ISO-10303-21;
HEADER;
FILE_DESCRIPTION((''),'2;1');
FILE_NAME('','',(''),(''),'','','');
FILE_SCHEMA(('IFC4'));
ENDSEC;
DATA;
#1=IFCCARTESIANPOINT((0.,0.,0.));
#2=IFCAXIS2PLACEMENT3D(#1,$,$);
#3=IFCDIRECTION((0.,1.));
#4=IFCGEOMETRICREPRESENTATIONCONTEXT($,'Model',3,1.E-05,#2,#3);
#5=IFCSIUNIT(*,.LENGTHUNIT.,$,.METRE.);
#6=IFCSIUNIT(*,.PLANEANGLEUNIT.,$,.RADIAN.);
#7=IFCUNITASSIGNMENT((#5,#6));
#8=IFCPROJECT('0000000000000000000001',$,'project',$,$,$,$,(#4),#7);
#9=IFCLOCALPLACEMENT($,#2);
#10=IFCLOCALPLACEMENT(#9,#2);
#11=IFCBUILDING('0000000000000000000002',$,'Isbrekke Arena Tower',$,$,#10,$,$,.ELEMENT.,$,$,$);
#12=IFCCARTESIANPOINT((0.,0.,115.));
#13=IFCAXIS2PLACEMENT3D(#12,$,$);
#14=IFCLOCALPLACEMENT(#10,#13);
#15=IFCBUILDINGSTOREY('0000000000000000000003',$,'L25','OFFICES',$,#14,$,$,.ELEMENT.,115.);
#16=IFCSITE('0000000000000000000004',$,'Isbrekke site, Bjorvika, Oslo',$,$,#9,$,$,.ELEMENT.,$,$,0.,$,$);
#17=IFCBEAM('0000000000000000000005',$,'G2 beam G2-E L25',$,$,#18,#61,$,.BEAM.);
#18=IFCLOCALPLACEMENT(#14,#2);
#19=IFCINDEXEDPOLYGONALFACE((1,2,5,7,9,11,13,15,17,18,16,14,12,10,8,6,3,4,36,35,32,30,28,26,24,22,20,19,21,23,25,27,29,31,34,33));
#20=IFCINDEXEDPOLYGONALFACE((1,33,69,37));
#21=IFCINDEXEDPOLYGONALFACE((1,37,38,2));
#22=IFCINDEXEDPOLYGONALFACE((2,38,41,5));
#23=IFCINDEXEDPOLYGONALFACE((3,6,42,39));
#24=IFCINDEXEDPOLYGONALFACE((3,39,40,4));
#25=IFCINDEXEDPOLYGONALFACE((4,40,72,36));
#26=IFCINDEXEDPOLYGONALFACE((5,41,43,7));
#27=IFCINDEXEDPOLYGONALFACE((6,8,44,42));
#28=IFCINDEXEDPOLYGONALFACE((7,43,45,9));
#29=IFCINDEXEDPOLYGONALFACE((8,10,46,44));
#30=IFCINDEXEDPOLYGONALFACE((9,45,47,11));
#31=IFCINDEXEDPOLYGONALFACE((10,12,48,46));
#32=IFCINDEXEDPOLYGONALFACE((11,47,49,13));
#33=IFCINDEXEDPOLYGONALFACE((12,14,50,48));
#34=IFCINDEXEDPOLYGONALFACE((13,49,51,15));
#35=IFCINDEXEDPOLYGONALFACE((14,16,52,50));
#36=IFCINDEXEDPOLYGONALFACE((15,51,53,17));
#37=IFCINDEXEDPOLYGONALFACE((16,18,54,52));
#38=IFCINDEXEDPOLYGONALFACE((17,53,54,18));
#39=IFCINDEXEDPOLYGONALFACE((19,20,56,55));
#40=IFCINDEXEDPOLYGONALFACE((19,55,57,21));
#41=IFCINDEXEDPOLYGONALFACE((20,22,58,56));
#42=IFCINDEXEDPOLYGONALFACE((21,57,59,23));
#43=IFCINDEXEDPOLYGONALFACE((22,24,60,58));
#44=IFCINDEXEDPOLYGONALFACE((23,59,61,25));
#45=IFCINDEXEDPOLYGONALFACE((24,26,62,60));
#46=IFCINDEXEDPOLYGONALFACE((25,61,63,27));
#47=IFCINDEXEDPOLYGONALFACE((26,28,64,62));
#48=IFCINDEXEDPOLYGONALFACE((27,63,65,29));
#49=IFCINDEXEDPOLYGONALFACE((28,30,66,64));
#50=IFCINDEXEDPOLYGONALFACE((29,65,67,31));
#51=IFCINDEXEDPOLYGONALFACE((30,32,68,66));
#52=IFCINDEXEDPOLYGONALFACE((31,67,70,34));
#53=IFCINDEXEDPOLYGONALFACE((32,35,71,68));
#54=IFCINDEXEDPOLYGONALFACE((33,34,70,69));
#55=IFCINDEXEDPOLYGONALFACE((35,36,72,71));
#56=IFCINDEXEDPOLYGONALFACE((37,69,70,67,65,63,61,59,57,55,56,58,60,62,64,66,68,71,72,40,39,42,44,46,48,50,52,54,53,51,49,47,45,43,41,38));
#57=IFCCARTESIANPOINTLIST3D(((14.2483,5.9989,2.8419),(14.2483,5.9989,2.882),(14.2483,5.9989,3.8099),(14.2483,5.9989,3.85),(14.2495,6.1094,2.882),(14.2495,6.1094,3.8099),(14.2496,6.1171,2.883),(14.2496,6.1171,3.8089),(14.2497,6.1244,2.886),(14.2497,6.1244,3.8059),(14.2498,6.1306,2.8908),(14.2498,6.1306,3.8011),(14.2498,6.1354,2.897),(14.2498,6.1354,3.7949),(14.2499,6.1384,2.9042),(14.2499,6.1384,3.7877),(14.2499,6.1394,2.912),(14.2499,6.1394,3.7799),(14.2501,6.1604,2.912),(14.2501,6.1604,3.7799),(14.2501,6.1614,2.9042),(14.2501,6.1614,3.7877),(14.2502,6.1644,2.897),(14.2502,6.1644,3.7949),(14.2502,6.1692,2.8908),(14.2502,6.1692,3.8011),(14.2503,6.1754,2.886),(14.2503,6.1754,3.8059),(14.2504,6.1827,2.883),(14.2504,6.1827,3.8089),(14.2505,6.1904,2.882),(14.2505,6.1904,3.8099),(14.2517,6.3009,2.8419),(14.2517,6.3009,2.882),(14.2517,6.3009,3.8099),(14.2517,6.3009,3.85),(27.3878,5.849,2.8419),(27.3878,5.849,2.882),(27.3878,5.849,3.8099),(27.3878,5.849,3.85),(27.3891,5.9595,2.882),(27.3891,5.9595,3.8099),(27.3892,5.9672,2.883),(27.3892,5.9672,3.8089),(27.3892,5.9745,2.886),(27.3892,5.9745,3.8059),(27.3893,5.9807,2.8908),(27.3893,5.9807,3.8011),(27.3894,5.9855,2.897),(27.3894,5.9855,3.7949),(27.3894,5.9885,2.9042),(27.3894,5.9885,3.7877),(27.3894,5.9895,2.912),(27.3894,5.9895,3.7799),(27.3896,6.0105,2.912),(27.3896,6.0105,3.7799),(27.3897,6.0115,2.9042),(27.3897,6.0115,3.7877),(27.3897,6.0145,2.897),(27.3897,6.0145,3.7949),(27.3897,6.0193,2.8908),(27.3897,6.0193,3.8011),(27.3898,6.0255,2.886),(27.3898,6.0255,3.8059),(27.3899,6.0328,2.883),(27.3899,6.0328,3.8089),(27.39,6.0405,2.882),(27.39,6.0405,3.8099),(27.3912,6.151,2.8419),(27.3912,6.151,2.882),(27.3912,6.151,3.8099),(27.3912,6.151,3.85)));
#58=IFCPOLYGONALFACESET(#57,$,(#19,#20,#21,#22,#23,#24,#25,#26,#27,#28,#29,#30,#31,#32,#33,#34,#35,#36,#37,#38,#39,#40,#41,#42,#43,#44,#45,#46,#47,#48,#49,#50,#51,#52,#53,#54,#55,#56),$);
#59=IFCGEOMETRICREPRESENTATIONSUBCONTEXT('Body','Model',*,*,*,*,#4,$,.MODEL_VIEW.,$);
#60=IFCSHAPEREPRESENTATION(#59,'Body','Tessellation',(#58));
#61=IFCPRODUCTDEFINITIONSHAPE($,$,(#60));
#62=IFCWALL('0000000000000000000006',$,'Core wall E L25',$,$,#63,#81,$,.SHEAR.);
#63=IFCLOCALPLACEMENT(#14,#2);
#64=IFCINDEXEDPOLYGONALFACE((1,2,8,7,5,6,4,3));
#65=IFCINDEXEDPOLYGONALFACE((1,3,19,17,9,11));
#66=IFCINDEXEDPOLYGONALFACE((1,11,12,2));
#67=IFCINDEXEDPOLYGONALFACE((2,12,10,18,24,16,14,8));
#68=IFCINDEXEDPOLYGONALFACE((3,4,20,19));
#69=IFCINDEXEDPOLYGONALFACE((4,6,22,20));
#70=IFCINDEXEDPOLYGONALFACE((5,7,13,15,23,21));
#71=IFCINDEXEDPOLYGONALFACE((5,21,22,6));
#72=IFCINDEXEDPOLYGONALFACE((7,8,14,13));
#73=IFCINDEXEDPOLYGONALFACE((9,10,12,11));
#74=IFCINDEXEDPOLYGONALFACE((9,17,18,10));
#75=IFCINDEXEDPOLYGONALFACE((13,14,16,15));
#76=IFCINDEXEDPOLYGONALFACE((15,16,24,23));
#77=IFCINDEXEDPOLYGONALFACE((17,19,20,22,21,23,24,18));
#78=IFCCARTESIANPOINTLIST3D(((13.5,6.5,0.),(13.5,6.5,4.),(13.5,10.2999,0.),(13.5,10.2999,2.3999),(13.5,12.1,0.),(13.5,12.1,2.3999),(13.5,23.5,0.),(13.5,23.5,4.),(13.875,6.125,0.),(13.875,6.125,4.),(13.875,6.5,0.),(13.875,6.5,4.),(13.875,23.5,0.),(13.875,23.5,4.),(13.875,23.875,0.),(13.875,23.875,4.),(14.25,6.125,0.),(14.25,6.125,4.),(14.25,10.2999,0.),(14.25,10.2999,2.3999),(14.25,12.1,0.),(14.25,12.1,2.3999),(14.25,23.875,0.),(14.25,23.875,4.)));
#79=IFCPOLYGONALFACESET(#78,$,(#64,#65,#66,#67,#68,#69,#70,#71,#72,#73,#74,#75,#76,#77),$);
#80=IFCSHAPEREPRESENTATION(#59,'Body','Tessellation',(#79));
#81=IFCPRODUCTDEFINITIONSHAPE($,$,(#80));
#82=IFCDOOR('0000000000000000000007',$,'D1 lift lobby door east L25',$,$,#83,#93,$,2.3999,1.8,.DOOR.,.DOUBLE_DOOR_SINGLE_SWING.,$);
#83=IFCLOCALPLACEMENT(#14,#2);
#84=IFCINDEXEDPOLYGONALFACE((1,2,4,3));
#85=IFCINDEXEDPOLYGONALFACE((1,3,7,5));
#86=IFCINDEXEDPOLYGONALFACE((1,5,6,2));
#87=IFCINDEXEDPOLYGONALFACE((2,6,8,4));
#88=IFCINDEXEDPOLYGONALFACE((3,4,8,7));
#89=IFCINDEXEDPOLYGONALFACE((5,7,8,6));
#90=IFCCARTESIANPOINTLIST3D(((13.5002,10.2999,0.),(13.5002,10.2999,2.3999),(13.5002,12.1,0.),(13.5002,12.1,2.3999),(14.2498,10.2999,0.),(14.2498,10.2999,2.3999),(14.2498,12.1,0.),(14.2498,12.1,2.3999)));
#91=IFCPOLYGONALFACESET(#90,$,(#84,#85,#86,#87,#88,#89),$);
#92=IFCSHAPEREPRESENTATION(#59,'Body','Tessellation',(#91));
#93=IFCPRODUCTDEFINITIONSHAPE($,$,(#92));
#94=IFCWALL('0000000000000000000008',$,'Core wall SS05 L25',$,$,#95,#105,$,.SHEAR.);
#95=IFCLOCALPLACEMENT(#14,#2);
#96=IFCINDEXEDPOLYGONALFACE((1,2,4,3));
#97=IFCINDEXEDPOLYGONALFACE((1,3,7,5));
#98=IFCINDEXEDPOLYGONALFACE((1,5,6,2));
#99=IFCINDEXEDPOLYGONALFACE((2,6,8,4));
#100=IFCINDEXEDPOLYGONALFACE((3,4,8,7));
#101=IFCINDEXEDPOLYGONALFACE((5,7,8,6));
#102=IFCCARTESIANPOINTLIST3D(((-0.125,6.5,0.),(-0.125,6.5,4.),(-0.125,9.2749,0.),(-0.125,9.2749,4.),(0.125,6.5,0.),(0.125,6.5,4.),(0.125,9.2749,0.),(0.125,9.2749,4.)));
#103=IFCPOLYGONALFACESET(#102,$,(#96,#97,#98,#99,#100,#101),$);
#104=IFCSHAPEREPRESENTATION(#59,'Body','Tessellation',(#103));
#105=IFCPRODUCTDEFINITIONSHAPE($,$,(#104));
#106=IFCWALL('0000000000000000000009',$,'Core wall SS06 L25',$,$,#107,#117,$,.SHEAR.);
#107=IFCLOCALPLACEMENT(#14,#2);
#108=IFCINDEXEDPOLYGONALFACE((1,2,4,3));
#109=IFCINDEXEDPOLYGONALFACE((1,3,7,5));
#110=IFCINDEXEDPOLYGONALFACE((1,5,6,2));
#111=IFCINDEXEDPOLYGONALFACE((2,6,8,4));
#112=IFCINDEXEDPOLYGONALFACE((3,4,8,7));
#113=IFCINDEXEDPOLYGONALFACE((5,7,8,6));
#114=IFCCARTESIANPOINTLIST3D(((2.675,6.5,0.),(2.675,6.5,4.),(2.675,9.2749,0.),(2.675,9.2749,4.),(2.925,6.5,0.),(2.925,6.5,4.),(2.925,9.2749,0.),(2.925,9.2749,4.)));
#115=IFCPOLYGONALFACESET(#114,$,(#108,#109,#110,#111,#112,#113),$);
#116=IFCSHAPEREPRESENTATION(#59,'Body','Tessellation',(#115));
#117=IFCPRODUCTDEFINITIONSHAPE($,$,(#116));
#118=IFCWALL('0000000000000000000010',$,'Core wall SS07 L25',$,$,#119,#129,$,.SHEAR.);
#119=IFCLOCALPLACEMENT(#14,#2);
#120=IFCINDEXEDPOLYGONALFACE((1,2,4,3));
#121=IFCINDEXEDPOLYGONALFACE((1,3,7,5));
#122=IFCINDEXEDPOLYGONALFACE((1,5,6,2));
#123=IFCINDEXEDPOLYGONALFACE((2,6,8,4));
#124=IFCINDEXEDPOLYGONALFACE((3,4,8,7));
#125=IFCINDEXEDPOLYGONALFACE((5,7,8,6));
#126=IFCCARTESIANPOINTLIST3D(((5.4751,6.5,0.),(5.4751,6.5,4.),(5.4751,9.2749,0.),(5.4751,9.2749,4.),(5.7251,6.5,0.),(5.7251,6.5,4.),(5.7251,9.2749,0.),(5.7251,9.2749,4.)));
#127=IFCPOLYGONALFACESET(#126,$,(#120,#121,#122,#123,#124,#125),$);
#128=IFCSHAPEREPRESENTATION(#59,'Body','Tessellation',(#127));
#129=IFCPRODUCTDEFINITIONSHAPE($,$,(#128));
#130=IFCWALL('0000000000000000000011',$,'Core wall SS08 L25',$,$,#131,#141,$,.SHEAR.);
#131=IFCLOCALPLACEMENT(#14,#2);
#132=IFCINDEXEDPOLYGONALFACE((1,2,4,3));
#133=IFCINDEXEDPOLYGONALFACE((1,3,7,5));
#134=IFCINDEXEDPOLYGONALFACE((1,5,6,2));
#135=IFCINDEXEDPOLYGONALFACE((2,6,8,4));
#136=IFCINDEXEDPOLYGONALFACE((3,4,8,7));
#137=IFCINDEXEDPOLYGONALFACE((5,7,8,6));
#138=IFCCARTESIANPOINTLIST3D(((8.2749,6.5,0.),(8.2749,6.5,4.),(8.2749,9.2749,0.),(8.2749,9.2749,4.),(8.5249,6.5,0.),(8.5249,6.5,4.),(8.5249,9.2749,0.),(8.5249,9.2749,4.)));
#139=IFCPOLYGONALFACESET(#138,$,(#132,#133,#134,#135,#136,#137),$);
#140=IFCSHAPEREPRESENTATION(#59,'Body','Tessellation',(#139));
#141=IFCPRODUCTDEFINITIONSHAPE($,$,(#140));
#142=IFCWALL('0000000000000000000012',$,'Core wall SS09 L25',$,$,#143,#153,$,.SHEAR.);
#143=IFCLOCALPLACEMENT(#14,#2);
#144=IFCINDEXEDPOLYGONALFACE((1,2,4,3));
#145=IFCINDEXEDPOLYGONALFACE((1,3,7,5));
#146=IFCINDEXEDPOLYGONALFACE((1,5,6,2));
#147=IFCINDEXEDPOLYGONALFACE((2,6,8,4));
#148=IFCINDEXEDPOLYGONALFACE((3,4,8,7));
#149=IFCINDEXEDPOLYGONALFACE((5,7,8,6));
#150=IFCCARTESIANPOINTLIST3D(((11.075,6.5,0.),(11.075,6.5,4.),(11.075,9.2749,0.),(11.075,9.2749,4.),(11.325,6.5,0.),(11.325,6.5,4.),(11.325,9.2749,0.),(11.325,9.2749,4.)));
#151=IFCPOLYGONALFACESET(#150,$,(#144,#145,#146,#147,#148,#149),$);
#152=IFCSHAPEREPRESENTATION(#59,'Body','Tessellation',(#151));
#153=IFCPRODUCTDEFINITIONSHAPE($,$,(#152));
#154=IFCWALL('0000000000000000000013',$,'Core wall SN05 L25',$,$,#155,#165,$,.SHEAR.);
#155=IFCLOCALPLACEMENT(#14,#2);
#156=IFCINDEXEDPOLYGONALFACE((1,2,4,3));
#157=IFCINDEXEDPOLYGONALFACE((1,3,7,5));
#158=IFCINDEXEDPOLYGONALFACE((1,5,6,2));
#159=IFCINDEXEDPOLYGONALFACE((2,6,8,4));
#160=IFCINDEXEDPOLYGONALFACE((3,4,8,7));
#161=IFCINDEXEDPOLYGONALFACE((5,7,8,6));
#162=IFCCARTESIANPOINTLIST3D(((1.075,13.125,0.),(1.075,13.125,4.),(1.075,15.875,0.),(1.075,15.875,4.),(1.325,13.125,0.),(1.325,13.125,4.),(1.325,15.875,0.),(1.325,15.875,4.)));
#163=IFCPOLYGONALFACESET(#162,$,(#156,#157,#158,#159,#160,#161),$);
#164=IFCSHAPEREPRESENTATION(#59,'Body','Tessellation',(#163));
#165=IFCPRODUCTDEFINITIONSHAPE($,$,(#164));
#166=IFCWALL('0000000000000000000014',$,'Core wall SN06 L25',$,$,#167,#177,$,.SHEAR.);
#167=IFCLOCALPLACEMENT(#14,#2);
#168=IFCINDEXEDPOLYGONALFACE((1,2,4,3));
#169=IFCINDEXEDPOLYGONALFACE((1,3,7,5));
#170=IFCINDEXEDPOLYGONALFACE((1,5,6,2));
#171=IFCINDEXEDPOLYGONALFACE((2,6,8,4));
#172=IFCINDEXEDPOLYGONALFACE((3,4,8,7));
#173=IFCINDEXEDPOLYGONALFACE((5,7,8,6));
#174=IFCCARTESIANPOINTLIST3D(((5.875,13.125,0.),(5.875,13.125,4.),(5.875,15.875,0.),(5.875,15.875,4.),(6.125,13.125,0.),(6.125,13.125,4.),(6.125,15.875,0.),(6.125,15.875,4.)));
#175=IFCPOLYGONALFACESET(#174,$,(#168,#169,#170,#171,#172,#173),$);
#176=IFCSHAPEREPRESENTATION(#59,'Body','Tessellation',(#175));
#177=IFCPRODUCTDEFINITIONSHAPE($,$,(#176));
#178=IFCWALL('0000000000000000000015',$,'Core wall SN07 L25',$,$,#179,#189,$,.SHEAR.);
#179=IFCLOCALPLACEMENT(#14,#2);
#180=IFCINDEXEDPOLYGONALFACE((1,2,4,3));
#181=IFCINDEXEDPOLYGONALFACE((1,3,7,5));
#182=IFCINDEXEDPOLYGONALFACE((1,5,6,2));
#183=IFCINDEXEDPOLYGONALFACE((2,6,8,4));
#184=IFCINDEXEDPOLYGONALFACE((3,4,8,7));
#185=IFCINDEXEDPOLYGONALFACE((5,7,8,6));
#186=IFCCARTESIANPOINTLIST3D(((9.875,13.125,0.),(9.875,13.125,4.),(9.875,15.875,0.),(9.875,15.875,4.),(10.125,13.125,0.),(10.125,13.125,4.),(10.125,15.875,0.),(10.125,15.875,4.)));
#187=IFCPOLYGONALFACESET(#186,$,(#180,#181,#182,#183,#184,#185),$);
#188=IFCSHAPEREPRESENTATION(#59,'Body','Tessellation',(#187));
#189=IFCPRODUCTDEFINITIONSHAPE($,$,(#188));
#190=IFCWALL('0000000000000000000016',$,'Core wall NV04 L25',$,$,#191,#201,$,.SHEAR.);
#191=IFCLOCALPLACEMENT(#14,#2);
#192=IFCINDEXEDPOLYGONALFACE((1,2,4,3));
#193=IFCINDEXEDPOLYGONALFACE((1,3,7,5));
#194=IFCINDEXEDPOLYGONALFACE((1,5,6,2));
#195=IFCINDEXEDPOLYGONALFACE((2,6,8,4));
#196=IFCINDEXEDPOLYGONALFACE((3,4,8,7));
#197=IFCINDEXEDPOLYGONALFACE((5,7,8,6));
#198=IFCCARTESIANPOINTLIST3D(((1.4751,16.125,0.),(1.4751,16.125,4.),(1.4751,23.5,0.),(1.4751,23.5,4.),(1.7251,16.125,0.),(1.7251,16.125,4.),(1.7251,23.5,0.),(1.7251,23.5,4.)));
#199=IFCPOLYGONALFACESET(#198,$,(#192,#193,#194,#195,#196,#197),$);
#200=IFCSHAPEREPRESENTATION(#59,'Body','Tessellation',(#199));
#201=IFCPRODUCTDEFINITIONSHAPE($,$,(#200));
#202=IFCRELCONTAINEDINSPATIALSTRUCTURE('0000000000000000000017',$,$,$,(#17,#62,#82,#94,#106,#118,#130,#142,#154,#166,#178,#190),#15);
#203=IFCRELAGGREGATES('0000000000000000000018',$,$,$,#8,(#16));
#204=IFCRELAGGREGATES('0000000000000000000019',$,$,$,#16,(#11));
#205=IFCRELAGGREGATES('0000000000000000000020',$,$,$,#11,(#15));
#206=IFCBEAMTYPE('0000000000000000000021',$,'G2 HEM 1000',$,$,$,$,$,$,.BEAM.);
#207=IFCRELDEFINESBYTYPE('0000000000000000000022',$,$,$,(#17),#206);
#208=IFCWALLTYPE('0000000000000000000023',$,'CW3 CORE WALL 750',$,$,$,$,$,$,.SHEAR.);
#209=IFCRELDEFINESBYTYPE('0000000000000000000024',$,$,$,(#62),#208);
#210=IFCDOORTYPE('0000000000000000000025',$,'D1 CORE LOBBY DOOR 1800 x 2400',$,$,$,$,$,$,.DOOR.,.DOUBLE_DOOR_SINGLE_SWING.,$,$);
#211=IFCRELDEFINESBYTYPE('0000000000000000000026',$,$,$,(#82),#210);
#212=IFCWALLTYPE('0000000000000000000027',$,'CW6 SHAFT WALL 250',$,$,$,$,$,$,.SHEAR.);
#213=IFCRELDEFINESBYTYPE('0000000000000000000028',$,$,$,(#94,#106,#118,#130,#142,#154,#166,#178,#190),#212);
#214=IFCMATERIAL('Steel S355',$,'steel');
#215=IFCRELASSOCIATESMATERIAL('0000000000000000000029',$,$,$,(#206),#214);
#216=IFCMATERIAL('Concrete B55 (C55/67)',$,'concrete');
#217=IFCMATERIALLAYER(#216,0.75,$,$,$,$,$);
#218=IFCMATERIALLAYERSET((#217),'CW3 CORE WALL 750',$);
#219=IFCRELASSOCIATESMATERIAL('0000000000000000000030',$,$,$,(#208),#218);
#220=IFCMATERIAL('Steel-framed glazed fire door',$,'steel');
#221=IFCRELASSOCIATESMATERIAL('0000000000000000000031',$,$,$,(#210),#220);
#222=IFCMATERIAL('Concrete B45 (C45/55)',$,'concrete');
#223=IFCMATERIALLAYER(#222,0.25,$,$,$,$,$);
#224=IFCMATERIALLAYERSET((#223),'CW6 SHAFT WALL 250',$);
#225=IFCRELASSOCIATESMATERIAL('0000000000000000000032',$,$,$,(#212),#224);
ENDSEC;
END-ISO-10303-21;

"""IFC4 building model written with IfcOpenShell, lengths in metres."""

from ifc_helpers import new_model, si_unit, direction, frame, frame_2d, origin, origin_2d, place, context, subcontext, project, spatial, polyline, rectangle, i_section, outline, extrude, material, layer, layer_set, material_profile, profile_set, type_object, element, fill, save


model = new_model("IFC4")

# Units and contexts
model_context = context("Model", 3, precision=1e-05, world=origin(), true_north=direction((0.0, 1.0)))
body_context = subcontext(model_context, "Body", "Model", "MODEL_VIEW")
ifc_project = project(units=[si_unit("LENGTHUNIT", "METRE"), si_unit("PLANEANGLEUNIT", "RADIAN")], contexts=[model_context])

# Site, building, storey
site_placement = place(None, origin())
site = spatial("IfcSite", under=ifc_project, at=site_placement, Name="Isbrekke site, Bjorvika, Oslo", CompositionType="ELEMENT", RefElevation=0.0)
building_placement = place(site_placement, origin())
building = spatial("IfcBuilding", under=site, at=building_placement, Name="Isbrekke Arena Tower", CompositionType="ELEMENT")
storey_placement = place(building_placement, frame((0.0, 0.0, 115.0)))
storey = spatial("IfcBuildingStorey", under=building, at=storey_placement, Name="L25", Description="OFFICES", CompositionType="ELEMENT", Elevation=115.0)

# Beam
ifc_material_1 = material(Name="Steel S355", Category="steel")
ifc_material_profile = material_profile(ifc_material_1, i_section(OverallWidth=0.302, OverallDepth=1.0081, WebThickness=0.021, FlangeThickness=0.04, FilletRadius=0.03, at=origin_2d()), Name="HEM 1000")
ifc_profile_set = profile_set([ifc_material_profile], Name="Steel S355")
beam_type = type_object("IfcBeamType", Name="G2 HEM 1000", PredefinedType="BEAM", material=ifc_profile_set)
beam_placement = place(storey_placement, frame((14.25, 6.1499, 3.3459), z_axis=(0.999935, -0.011408, 0.0), x_axis=(0.011408, 0.999935, 0.0)))
element("IfcBeam", 1, at=beam_placement, inside=storey, type_object=beam_type, Name="G2 beam G2-E L25", PredefinedType="BEAM", context=body_context, shape_type="SweptSolid", body=[
    extrude(i_section(OverallWidth=0.302, OverallDepth=1.0081, WebThickness=0.021, FlangeThickness=0.04, FilletRadius=0.03, at=origin_2d()), origin(), (0.0, 0.0, 1.0), 13.1404),
])

# Wall, opening, door
ifc_material_2 = material(Name="Concrete B55 (C55/67)", Category="concrete")
ifc_layer_1 = layer(ifc_material_2, 0.75)
ifc_layer_set_1 = layer_set([ifc_layer_1], Name="CW3 CORE WALL 750")
wall_type_1 = type_object("IfcWallType", Name="CW3 CORE WALL 750", PredefinedType="SHEAR", material=ifc_layer_set_1)
wall_1_placement = place(storey_placement, frame((13.875, 6.125, 0.0), z_axis=(0.0, 0.0, 1.0), x_axis=(0.0, 1.0, 0.0)))
wall_1 = element("IfcWall", 2, at=wall_1_placement, inside=storey, type_object=wall_type_1, Name="Core wall E L25", PredefinedType="SHEAR", context=body_context, shape_type="SweptSolid", body=[
    extrude(outline(polyline([(0.0, -0.375), (17.75, -0.375), (17.75, 0.0), (17.375, 0.0), (17.375, 0.375), (0.375, 0.375), (0.375, 0.0), (0.0, 0.0), (0.0, -0.375)])), origin(), (0.0, 0.0, 1.0), 4.0),
])
opening_1_placement = place(wall_1_placement, frame((4.175, 0.0, 0.0)))
opening_1 = element("IfcOpeningElement", 3, at=opening_1_placement, cuts=wall_1, PredefinedType="OPENING", context=body_context, shape_type="SweptSolid", body=[
    extrude(rectangle(XDim=1.8, YDim=2.3999, at=frame_2d((0.8999, 1.2))), frame((0.0, 0.3899, 0.0), z_axis=(0.0, -1.0, 0.0), x_axis=(1.0, 0.0, 0.0)), (0.0, 0.0, 1.0), 0.7798),
])
ifc_material_3 = material(Name="Steel-framed glazed fire door", Category="steel")
door_type_1 = type_object("IfcDoorType", Name="D1 CORE LOBBY DOOR 1800 x 2400", OperationType="DOUBLE_DOOR_SINGLE_SWING", PredefinedType="DOOR", material=ifc_material_3)
door_1_placement = place(opening_1_placement, origin())
door_1 = element("IfcDoor", 4, at=door_1_placement, inside=storey, type_object=door_type_1, Name="D1 lift lobby door east L25", OperationType="DOUBLE_DOOR_SINGLE_SWING", OverallHeight=2.3999, OverallWidth=1.8, PredefinedType="DOOR", context=body_context, shape_type="SweptSolid", body=[
    extrude(rectangle(XDim=1.8, YDim=2.3999, at=frame_2d((0.8999, 1.2))), frame((0.0, 0.3748, 0.0), z_axis=(0.0, -1.0, 0.0), x_axis=(1.0, 0.0, 0.0)), (0.0, 0.0, 1.0), 0.7495),
])
fill(opening_1, door_1)

# Walls
ifc_material_4 = material(Name="Concrete B45 (C45/55)", Category="concrete")
ifc_layer_2 = layer(ifc_material_4, 0.25)
ifc_layer_set_2 = layer_set([ifc_layer_2], Name="CW6 SHAFT WALL 250")
wall_type_2 = type_object("IfcWallType", Name="CW6 SHAFT WALL 250", PredefinedType="SHEAR", material=ifc_layer_set_2)
for number, where, z_axis, x_axis, name in (
    (5, (0.0, 6.5, 0.0), (0.0, 0.0, 1.0), (0.0, 1.0, 0.0), "Core wall SS05 L25"),
    (6, (2.8, 6.5, 0.0), (0.0, 0.0, 1.0), (0.0, 1.0, 0.0), "Core wall SS06 L25"),
    (7, (5.6001, 6.5, 0.0), (0.0, 0.0, 1.0), (0.0, 1.0, 0.0), "Core wall SS07 L25"),
    (8, (8.3999, 6.5, 0.0), (0.0, 0.0, 1.0), (0.0, 1.0, 0.0), "Core wall SS08 L25"),
    (9, (11.2, 6.5, 0.0), (0.0, 0.0, 1.0), (0.0, 1.0, 0.0), "Core wall SS09 L25"),
):
    element("IfcWall", number, at=place(storey_placement, frame(where, z_axis=z_axis, x_axis=x_axis)), inside=storey, type_object=wall_type_2, Name=name, PredefinedType="SHEAR", context=body_context, shape_type="SweptSolid", body=[
        extrude(rectangle(XDim=2.7749, YDim=0.25, at=frame_2d((1.3875, 0.0))), origin(), (0.0, 0.0, 1.0), 4.0),
    ])
for number, where, z_axis, x_axis, name in (
    (10, (1.2, 13.125, 0.0), (0.0, 0.0, 1.0), (0.0, 1.0, 0.0), "Core wall SN05 L25"),
    (11, (6.0, 13.125, 0.0), (0.0, 0.0, 1.0), (0.0, 1.0, 0.0), "Core wall SN06 L25"),
    (12, (10.0, 13.125, 0.0), (0.0, 0.0, 1.0), (0.0, 1.0, 0.0), "Core wall SN07 L25"),
):
    element("IfcWall", number, at=place(storey_placement, frame(where, z_axis=z_axis, x_axis=x_axis)), inside=storey, type_object=wall_type_2, Name=name, PredefinedType="SHEAR", context=body_context, shape_type="SweptSolid", body=[
        extrude(rectangle(XDim=2.75, YDim=0.25, at=frame_2d((1.375, 0.0))), origin(), (0.0, 0.0, 1.0), 4.0),
    ])
wall_2_placement = place(storey_placement, frame((1.6001, 16.125, 0.0), z_axis=(0.0, 0.0, 1.0), x_axis=(0.0, 1.0, 0.0)))
element("IfcWall", 13, at=wall_2_placement, inside=storey, type_object=wall_type_2, Name="Core wall NV04 L25", PredefinedType="SHEAR", context=body_context, shape_type="SweptSolid", body=[
    extrude(rectangle(XDim=7.375, YDim=0.25, at=frame_2d((3.6875, 0.0))), origin(), (0.0, 0.0, 1.0), 4.0),
])

save(model, "model.ifc")
